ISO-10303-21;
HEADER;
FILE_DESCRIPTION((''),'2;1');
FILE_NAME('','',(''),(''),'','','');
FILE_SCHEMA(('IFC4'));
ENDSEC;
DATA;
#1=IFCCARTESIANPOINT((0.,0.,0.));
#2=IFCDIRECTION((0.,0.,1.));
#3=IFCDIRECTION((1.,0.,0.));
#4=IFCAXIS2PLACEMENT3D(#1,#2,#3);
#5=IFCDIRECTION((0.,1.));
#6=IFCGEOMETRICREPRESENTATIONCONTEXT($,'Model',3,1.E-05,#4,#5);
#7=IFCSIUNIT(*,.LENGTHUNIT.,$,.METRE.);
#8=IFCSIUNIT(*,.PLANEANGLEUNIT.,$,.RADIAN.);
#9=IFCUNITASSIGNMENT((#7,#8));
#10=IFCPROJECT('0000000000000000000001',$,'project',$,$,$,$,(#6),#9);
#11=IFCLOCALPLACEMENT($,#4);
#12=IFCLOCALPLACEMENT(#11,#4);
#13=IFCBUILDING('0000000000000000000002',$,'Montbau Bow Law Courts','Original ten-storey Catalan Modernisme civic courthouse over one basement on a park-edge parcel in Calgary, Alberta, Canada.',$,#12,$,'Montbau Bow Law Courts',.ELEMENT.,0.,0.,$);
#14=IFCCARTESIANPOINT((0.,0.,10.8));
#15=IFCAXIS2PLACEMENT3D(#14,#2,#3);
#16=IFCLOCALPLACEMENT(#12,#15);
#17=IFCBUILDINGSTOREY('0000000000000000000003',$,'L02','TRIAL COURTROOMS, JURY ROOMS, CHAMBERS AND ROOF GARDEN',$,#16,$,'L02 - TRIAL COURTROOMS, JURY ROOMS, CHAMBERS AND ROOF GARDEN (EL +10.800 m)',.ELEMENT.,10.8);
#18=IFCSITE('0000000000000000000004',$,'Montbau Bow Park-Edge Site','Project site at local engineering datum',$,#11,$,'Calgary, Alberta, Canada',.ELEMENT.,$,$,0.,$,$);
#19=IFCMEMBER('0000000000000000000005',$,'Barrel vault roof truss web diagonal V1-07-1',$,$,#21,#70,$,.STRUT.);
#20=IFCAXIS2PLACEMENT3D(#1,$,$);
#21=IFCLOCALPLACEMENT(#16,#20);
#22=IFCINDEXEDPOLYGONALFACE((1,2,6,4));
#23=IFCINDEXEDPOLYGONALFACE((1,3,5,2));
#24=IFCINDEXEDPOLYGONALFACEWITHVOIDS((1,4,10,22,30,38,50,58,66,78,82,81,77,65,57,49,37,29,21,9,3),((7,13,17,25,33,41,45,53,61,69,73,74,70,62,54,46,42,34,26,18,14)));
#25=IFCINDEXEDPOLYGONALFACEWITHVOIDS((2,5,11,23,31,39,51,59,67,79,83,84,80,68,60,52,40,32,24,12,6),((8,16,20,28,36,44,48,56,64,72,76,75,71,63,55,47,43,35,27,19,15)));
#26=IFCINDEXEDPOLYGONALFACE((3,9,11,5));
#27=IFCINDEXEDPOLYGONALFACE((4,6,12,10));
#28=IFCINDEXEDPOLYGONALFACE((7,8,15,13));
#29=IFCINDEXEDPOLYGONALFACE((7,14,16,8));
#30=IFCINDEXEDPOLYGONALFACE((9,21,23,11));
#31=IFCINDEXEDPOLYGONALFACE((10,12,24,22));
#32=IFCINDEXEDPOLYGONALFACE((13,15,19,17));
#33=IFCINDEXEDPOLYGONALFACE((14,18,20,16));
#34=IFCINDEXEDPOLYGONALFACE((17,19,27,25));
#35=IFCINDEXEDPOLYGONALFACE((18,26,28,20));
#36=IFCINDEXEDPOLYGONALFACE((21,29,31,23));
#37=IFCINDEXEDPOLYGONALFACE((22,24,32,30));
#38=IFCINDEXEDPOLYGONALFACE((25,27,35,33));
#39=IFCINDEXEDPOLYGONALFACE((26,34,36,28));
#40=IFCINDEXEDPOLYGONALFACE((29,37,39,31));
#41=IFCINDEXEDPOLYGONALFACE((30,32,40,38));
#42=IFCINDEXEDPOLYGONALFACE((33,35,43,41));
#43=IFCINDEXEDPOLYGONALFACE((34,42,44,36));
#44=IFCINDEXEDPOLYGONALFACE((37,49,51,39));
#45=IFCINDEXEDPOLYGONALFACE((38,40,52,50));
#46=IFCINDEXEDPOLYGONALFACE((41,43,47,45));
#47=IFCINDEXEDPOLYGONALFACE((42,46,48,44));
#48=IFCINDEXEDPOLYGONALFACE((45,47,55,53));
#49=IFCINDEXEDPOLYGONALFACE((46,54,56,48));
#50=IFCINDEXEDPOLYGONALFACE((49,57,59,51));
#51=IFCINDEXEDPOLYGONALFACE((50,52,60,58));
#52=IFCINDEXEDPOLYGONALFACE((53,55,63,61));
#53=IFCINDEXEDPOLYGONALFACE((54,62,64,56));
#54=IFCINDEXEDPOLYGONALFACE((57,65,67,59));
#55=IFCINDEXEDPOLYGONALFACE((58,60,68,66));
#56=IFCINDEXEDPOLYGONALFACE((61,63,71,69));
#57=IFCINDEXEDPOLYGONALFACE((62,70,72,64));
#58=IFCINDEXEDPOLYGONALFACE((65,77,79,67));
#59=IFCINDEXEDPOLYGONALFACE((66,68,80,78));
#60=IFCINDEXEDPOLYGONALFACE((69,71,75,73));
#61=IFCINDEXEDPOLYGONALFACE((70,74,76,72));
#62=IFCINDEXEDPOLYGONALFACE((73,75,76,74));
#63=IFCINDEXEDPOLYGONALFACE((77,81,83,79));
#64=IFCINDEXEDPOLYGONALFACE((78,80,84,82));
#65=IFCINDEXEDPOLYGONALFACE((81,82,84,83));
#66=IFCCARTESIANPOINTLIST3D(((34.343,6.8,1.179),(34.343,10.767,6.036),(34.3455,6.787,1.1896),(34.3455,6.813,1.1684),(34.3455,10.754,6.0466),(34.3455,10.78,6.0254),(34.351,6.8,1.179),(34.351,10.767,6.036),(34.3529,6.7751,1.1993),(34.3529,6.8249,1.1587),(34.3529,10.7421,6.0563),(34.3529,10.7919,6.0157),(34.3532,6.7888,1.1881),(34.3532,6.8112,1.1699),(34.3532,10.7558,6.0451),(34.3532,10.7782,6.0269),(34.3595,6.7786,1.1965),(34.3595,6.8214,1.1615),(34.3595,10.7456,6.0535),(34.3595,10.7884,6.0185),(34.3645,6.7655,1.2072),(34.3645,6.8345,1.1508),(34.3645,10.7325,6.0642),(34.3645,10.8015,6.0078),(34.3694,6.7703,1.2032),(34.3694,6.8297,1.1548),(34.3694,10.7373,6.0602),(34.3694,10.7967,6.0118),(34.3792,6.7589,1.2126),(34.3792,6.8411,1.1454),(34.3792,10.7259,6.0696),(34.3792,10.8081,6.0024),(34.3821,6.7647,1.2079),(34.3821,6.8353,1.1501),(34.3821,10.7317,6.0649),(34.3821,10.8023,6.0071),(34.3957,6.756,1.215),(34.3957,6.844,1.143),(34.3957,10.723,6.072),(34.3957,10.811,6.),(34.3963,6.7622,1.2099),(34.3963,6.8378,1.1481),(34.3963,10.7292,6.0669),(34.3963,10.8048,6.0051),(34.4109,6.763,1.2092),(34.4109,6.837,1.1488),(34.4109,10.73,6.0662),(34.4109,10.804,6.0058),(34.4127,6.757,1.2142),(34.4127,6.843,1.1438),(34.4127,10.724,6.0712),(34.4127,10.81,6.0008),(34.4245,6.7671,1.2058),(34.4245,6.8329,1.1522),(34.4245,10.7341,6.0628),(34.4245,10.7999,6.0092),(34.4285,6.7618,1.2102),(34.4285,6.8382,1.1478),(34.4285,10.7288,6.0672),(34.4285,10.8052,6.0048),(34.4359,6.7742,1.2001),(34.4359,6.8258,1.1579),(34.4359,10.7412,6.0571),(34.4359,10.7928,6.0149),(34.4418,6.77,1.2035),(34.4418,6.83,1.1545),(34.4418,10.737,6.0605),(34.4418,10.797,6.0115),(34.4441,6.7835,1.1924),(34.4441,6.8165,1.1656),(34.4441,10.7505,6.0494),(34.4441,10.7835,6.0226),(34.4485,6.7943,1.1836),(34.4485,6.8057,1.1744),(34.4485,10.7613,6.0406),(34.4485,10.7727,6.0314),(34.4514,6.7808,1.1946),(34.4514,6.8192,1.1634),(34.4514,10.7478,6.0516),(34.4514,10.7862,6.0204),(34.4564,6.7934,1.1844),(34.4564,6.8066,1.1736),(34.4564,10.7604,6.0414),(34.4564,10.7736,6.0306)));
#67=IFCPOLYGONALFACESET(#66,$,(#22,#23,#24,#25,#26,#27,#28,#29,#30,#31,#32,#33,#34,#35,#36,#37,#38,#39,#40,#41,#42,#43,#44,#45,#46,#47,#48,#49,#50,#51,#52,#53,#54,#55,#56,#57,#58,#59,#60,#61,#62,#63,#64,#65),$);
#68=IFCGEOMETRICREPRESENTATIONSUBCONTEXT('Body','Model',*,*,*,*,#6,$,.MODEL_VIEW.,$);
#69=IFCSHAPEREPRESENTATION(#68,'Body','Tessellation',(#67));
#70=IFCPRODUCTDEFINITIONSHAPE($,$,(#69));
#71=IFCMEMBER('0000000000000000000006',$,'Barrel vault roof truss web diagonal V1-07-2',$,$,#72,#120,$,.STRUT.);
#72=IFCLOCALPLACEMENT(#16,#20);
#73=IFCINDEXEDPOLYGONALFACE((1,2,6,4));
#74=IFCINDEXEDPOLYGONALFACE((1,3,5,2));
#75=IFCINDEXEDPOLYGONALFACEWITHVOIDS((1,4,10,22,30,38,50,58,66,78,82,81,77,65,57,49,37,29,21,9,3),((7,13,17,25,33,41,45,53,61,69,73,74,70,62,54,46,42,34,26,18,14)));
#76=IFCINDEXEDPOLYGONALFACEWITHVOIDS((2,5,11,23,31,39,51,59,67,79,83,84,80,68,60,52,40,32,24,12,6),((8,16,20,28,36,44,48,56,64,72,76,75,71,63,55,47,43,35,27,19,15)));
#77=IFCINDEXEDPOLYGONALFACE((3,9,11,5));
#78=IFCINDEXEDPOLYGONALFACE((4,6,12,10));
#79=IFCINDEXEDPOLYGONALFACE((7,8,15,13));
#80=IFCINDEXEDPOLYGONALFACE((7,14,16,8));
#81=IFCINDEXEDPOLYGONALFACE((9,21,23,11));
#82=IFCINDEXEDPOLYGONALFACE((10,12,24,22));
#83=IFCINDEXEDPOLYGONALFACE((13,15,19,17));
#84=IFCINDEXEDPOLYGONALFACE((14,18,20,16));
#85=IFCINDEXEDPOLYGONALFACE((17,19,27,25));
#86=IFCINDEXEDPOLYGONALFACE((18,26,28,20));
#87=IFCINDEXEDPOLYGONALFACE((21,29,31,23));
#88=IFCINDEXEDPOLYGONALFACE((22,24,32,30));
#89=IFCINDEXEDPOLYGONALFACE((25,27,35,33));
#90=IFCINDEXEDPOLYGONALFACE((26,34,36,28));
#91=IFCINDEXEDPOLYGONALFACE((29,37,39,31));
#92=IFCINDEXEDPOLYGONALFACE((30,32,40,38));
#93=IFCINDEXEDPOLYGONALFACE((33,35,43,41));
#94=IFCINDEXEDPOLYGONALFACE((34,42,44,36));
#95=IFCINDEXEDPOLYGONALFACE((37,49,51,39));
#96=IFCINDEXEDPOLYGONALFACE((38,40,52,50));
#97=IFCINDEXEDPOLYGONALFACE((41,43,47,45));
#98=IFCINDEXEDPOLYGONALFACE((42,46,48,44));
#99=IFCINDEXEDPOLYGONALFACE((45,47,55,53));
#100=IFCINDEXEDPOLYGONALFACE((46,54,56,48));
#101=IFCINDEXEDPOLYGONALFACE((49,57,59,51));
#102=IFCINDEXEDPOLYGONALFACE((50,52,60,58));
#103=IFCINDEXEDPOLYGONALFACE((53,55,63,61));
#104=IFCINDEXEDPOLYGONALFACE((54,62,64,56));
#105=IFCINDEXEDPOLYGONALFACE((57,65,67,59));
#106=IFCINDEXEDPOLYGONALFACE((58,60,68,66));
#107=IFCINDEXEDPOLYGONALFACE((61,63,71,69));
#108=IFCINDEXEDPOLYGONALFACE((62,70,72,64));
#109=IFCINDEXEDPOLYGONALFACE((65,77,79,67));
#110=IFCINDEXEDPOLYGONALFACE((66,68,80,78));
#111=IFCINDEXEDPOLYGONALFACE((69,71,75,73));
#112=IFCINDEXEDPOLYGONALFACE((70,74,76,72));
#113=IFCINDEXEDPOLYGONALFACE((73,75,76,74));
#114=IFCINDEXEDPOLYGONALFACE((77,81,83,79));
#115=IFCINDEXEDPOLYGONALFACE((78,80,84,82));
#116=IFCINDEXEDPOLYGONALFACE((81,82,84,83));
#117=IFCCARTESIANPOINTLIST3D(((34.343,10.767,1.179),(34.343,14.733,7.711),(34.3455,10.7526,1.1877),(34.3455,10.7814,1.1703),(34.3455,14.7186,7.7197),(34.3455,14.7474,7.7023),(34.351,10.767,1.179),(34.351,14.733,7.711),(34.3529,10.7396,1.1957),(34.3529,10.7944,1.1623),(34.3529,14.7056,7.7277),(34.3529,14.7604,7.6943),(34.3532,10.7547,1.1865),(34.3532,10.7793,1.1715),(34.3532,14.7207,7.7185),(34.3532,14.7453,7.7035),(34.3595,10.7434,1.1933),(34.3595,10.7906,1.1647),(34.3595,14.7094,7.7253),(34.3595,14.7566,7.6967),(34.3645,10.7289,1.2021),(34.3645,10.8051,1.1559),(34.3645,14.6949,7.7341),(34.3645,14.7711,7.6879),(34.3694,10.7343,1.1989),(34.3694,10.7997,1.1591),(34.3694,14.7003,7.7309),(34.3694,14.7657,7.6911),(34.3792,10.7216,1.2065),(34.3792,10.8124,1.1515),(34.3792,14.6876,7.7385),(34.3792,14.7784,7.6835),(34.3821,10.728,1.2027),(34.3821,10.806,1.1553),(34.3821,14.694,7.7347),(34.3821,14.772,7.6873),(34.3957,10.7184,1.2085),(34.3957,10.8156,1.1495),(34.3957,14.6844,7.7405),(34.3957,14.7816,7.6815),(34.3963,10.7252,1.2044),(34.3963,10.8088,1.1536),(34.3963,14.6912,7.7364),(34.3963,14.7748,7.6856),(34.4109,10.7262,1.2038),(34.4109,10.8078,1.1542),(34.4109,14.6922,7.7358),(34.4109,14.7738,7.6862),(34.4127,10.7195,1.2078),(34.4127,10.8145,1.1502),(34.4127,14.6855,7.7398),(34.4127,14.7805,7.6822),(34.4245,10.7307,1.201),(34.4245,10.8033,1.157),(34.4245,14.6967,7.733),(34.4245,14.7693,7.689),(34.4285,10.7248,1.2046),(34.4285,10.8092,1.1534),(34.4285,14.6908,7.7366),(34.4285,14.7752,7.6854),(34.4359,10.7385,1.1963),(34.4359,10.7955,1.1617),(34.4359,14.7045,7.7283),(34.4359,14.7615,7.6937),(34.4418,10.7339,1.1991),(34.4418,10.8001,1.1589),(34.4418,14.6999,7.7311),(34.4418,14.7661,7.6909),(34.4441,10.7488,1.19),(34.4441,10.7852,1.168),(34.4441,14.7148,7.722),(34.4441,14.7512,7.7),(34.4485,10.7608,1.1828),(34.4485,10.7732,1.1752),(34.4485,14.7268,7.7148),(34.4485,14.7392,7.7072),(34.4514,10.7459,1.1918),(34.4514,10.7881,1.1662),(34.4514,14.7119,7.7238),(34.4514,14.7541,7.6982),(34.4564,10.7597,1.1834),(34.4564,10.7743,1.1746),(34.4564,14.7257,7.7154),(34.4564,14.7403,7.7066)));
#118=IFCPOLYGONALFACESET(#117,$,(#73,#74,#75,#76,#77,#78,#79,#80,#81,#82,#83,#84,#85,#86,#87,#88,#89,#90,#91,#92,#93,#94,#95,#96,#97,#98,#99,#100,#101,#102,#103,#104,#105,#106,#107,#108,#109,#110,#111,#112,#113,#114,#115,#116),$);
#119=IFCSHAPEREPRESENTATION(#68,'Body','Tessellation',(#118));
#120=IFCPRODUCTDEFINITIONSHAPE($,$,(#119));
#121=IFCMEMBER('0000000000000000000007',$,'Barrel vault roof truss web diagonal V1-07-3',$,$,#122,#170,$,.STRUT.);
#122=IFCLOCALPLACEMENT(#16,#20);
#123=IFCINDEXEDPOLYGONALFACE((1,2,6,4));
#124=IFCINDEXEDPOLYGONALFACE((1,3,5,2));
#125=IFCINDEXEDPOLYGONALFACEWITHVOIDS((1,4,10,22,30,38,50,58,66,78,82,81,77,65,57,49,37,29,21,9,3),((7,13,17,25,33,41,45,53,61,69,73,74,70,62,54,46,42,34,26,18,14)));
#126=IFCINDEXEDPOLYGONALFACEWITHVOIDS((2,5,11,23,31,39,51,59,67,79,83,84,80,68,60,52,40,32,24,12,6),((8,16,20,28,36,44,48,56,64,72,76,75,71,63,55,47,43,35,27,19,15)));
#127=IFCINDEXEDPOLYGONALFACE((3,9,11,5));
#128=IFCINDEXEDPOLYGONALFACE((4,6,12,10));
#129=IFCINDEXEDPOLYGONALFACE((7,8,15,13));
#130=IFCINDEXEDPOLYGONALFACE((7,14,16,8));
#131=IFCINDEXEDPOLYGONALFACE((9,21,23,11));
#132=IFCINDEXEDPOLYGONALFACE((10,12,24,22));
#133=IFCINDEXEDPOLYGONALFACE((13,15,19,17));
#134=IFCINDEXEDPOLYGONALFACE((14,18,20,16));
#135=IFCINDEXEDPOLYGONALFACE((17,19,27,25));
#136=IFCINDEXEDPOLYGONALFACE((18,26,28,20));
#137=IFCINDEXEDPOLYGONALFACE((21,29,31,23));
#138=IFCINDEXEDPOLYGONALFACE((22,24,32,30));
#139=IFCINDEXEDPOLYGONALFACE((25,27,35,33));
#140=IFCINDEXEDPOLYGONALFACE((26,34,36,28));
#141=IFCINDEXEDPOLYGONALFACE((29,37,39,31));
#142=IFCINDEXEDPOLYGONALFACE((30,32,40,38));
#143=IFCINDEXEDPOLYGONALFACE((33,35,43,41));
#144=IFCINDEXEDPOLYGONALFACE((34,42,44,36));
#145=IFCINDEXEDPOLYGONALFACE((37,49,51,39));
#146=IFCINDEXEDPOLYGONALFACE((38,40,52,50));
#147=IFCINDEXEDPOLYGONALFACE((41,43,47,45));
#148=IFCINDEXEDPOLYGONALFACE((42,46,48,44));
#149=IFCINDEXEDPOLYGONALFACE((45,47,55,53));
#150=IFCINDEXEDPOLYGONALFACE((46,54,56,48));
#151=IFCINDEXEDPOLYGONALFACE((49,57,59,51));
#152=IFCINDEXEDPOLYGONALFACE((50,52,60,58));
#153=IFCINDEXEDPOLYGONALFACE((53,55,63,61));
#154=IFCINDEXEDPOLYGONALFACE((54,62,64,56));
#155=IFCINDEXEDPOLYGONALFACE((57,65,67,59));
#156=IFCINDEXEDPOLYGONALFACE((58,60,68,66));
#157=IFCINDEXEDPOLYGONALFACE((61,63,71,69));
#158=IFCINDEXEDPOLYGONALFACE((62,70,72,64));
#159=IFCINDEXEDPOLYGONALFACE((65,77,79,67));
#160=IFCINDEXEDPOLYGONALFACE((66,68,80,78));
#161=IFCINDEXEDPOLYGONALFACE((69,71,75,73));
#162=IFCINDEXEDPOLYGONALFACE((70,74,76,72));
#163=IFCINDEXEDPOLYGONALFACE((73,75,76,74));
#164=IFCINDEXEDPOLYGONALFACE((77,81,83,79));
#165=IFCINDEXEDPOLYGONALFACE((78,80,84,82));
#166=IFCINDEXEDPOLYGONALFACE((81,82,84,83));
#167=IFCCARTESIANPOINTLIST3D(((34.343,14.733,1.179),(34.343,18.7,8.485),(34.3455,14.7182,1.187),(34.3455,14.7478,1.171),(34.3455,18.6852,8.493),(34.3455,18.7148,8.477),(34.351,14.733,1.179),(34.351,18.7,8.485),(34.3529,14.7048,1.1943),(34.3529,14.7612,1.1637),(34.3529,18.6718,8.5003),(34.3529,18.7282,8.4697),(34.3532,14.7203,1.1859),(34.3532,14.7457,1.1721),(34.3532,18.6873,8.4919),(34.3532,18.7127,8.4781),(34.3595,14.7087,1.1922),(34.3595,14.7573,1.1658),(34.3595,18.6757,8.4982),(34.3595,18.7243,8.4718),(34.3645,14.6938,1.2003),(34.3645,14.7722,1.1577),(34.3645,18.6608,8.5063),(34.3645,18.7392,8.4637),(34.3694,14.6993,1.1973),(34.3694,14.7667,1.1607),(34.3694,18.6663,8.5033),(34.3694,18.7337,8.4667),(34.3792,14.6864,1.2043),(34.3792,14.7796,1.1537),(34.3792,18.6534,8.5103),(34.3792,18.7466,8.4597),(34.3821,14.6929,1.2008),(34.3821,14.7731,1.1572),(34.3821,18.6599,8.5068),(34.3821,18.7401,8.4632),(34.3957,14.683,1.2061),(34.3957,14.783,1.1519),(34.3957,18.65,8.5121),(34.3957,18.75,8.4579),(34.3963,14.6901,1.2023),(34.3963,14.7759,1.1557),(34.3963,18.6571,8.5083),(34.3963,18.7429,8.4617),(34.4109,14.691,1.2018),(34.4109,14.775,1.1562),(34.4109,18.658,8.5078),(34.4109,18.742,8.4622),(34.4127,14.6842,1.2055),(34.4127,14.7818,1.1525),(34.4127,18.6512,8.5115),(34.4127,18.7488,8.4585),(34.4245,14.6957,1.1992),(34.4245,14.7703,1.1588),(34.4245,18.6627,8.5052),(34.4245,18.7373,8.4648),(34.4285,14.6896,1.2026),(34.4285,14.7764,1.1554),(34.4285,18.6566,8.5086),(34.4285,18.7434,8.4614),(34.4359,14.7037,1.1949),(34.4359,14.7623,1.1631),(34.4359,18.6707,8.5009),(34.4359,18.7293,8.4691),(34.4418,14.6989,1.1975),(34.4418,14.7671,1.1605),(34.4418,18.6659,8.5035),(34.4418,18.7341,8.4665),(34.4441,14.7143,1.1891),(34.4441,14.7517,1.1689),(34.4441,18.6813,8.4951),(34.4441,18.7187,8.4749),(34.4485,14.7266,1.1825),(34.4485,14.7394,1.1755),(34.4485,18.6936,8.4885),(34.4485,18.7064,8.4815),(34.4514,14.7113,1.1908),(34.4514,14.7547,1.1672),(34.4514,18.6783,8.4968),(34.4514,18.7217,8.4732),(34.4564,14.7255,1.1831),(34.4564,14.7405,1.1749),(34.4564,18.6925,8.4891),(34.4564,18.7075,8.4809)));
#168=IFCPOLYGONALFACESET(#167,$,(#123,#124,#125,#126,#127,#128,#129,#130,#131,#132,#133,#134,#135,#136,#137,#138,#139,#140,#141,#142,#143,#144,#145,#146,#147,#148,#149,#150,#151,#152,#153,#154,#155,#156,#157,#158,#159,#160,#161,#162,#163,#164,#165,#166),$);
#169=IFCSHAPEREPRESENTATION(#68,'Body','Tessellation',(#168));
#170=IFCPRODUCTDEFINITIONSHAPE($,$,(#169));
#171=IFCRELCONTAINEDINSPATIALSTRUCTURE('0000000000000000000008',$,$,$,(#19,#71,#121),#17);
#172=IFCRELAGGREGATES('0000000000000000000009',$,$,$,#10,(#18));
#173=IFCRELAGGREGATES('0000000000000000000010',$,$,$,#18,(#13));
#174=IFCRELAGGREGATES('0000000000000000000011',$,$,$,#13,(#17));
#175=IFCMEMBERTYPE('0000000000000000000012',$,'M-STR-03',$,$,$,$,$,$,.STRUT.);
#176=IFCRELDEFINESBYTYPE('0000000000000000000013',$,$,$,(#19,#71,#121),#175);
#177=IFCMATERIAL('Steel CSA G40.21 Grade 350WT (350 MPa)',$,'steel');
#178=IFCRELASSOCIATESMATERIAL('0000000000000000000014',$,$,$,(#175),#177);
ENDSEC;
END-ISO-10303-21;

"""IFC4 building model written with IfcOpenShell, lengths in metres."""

from ifc_helpers import new_model, si_unit, direction, frame, origin_with_axes, origin_2d_with_axis, place, context, subcontext, project, spatial, hollow_circle, extrude, material, material_profile, profile_set, type_object, element, save


model = new_model("IFC4")

# Units and contexts
model_context = context("Model", 3, precision=1e-05, world=origin_with_axes(), true_north=direction((0.0, 1.0)))
body_context = subcontext(model_context, "Body", "Model", "MODEL_VIEW")
ifc_project = project(units=[si_unit("LENGTHUNIT", "METRE"), si_unit("PLANEANGLEUNIT", "RADIAN")], contexts=[model_context])

# Site, building, storey
site_placement = place(None, origin_with_axes())
site = spatial("IfcSite", under=ifc_project, at=site_placement, Name="Montbau Bow Park-Edge Site", Description="Project site at local engineering datum", LongName="Calgary, Alberta, Canada", CompositionType="ELEMENT", RefElevation=0.0)
building_placement = place(site_placement, origin_with_axes())
building = spatial("IfcBuilding", under=site, at=building_placement, Name="Montbau Bow Law Courts", Description="Original ten-storey Catalan Modernisme civic courthouse over one basement on a park-edge parcel in Calgary, Alberta, Canada.", LongName="Montbau Bow Law Courts", CompositionType="ELEMENT", ElevationOfRefHeight=0.0, ElevationOfTerrain=0.0)
storey_placement = place(building_placement, frame((0.0, 0.0, 10.8), z_axis=(0.0, 0.0, 1.0), x_axis=(1.0, 0.0, 0.0)))
storey = spatial("IfcBuildingStorey", under=building, at=storey_placement, Name="L02", Description="TRIAL COURTROOMS, JURY ROOMS, CHAMBERS AND ROOF GARDEN", LongName="L02 - TRIAL COURTROOMS, JURY ROOMS, CHAMBERS AND ROOF GARDEN (EL +10.800 m)", CompositionType="ELEMENT", Elevation=10.8)

# Shared definitions
ifc_material_1 = material(Name="Steel CSA G40.21 Grade 350WT (350 MPa)", Category="steel")

# Members
ifc_material_profile_1 = material_profile(ifc_material_1, hollow_circle(Radius=0.057, WallThickness=0.008, at=origin_2d_with_axis()), Name="HSS114X8.0", Category="Main", Priority=0)
ifc_profile_set_1 = profile_set([ifc_material_profile_1], Name="Steel CSA G40.21 Grade 350WT (350 MPa)")
member_type_1 = type_object("IfcMemberType", Name="M-STR-03", PredefinedType="STRUT", material=ifc_profile_set_1)
member_1_placement = place(None, frame((34.4, 6.8, 11.979), z_axis=(0.0, 0.632578, 0.774497), x_axis=(-1.0, 0.0, 0.0)))
element("IfcMember", 1, at=member_1_placement, inside=storey, type_object=member_type_1, Name="Barrel vault roof truss web diagonal V1-07-1", PredefinedType="STRUT", context=body_context, shape_type="SweptSolid", body=[
    extrude(hollow_circle(Radius=0.057, WallThickness=0.008, at=origin_2d_with_axis()), origin_with_axes(), (0.0, 0.0, 1.0), 6.2712),
])
member_2_placement = place(None, frame((34.4, 10.767, 11.979), z_axis=(0.0, 0.518992, 0.854779), x_axis=(-1.0, 0.0, 0.0)))
element("IfcMember", 2, at=member_2_placement, inside=storey, type_object=member_type_1, Name="Barrel vault roof truss web diagonal V1-07-2", PredefinedType="STRUT", context=body_context, shape_type="SweptSolid", body=[
    extrude(hollow_circle(Radius=0.057, WallThickness=0.008, at=origin_2d_with_axis()), origin_with_axes(), (0.0, 0.0, 1.0), 7.6417),
])
for number, where, z_axis, x_axis, name in (
    (3, (34.4, 14.733, 11.979), (0.0, 0.477174, 0.878809), (-1.0, 0.0, 0.0), "Barrel vault roof truss web diagonal V1-07-3"),
):
    element("IfcMember", number, at=place(None, frame(where, z_axis=z_axis, x_axis=x_axis)), inside=storey, type_object=member_type_1, Name=name, PredefinedType="STRUT", context=body_context, shape_type="SweptSolid", body=[
        extrude(hollow_circle(Radius=0.057, WallThickness=0.008, at=origin_2d_with_axis()), origin_with_axes(), (0.0, 0.0, 1.0), 8.3135),
    ])

save(model, "model.ifc")
